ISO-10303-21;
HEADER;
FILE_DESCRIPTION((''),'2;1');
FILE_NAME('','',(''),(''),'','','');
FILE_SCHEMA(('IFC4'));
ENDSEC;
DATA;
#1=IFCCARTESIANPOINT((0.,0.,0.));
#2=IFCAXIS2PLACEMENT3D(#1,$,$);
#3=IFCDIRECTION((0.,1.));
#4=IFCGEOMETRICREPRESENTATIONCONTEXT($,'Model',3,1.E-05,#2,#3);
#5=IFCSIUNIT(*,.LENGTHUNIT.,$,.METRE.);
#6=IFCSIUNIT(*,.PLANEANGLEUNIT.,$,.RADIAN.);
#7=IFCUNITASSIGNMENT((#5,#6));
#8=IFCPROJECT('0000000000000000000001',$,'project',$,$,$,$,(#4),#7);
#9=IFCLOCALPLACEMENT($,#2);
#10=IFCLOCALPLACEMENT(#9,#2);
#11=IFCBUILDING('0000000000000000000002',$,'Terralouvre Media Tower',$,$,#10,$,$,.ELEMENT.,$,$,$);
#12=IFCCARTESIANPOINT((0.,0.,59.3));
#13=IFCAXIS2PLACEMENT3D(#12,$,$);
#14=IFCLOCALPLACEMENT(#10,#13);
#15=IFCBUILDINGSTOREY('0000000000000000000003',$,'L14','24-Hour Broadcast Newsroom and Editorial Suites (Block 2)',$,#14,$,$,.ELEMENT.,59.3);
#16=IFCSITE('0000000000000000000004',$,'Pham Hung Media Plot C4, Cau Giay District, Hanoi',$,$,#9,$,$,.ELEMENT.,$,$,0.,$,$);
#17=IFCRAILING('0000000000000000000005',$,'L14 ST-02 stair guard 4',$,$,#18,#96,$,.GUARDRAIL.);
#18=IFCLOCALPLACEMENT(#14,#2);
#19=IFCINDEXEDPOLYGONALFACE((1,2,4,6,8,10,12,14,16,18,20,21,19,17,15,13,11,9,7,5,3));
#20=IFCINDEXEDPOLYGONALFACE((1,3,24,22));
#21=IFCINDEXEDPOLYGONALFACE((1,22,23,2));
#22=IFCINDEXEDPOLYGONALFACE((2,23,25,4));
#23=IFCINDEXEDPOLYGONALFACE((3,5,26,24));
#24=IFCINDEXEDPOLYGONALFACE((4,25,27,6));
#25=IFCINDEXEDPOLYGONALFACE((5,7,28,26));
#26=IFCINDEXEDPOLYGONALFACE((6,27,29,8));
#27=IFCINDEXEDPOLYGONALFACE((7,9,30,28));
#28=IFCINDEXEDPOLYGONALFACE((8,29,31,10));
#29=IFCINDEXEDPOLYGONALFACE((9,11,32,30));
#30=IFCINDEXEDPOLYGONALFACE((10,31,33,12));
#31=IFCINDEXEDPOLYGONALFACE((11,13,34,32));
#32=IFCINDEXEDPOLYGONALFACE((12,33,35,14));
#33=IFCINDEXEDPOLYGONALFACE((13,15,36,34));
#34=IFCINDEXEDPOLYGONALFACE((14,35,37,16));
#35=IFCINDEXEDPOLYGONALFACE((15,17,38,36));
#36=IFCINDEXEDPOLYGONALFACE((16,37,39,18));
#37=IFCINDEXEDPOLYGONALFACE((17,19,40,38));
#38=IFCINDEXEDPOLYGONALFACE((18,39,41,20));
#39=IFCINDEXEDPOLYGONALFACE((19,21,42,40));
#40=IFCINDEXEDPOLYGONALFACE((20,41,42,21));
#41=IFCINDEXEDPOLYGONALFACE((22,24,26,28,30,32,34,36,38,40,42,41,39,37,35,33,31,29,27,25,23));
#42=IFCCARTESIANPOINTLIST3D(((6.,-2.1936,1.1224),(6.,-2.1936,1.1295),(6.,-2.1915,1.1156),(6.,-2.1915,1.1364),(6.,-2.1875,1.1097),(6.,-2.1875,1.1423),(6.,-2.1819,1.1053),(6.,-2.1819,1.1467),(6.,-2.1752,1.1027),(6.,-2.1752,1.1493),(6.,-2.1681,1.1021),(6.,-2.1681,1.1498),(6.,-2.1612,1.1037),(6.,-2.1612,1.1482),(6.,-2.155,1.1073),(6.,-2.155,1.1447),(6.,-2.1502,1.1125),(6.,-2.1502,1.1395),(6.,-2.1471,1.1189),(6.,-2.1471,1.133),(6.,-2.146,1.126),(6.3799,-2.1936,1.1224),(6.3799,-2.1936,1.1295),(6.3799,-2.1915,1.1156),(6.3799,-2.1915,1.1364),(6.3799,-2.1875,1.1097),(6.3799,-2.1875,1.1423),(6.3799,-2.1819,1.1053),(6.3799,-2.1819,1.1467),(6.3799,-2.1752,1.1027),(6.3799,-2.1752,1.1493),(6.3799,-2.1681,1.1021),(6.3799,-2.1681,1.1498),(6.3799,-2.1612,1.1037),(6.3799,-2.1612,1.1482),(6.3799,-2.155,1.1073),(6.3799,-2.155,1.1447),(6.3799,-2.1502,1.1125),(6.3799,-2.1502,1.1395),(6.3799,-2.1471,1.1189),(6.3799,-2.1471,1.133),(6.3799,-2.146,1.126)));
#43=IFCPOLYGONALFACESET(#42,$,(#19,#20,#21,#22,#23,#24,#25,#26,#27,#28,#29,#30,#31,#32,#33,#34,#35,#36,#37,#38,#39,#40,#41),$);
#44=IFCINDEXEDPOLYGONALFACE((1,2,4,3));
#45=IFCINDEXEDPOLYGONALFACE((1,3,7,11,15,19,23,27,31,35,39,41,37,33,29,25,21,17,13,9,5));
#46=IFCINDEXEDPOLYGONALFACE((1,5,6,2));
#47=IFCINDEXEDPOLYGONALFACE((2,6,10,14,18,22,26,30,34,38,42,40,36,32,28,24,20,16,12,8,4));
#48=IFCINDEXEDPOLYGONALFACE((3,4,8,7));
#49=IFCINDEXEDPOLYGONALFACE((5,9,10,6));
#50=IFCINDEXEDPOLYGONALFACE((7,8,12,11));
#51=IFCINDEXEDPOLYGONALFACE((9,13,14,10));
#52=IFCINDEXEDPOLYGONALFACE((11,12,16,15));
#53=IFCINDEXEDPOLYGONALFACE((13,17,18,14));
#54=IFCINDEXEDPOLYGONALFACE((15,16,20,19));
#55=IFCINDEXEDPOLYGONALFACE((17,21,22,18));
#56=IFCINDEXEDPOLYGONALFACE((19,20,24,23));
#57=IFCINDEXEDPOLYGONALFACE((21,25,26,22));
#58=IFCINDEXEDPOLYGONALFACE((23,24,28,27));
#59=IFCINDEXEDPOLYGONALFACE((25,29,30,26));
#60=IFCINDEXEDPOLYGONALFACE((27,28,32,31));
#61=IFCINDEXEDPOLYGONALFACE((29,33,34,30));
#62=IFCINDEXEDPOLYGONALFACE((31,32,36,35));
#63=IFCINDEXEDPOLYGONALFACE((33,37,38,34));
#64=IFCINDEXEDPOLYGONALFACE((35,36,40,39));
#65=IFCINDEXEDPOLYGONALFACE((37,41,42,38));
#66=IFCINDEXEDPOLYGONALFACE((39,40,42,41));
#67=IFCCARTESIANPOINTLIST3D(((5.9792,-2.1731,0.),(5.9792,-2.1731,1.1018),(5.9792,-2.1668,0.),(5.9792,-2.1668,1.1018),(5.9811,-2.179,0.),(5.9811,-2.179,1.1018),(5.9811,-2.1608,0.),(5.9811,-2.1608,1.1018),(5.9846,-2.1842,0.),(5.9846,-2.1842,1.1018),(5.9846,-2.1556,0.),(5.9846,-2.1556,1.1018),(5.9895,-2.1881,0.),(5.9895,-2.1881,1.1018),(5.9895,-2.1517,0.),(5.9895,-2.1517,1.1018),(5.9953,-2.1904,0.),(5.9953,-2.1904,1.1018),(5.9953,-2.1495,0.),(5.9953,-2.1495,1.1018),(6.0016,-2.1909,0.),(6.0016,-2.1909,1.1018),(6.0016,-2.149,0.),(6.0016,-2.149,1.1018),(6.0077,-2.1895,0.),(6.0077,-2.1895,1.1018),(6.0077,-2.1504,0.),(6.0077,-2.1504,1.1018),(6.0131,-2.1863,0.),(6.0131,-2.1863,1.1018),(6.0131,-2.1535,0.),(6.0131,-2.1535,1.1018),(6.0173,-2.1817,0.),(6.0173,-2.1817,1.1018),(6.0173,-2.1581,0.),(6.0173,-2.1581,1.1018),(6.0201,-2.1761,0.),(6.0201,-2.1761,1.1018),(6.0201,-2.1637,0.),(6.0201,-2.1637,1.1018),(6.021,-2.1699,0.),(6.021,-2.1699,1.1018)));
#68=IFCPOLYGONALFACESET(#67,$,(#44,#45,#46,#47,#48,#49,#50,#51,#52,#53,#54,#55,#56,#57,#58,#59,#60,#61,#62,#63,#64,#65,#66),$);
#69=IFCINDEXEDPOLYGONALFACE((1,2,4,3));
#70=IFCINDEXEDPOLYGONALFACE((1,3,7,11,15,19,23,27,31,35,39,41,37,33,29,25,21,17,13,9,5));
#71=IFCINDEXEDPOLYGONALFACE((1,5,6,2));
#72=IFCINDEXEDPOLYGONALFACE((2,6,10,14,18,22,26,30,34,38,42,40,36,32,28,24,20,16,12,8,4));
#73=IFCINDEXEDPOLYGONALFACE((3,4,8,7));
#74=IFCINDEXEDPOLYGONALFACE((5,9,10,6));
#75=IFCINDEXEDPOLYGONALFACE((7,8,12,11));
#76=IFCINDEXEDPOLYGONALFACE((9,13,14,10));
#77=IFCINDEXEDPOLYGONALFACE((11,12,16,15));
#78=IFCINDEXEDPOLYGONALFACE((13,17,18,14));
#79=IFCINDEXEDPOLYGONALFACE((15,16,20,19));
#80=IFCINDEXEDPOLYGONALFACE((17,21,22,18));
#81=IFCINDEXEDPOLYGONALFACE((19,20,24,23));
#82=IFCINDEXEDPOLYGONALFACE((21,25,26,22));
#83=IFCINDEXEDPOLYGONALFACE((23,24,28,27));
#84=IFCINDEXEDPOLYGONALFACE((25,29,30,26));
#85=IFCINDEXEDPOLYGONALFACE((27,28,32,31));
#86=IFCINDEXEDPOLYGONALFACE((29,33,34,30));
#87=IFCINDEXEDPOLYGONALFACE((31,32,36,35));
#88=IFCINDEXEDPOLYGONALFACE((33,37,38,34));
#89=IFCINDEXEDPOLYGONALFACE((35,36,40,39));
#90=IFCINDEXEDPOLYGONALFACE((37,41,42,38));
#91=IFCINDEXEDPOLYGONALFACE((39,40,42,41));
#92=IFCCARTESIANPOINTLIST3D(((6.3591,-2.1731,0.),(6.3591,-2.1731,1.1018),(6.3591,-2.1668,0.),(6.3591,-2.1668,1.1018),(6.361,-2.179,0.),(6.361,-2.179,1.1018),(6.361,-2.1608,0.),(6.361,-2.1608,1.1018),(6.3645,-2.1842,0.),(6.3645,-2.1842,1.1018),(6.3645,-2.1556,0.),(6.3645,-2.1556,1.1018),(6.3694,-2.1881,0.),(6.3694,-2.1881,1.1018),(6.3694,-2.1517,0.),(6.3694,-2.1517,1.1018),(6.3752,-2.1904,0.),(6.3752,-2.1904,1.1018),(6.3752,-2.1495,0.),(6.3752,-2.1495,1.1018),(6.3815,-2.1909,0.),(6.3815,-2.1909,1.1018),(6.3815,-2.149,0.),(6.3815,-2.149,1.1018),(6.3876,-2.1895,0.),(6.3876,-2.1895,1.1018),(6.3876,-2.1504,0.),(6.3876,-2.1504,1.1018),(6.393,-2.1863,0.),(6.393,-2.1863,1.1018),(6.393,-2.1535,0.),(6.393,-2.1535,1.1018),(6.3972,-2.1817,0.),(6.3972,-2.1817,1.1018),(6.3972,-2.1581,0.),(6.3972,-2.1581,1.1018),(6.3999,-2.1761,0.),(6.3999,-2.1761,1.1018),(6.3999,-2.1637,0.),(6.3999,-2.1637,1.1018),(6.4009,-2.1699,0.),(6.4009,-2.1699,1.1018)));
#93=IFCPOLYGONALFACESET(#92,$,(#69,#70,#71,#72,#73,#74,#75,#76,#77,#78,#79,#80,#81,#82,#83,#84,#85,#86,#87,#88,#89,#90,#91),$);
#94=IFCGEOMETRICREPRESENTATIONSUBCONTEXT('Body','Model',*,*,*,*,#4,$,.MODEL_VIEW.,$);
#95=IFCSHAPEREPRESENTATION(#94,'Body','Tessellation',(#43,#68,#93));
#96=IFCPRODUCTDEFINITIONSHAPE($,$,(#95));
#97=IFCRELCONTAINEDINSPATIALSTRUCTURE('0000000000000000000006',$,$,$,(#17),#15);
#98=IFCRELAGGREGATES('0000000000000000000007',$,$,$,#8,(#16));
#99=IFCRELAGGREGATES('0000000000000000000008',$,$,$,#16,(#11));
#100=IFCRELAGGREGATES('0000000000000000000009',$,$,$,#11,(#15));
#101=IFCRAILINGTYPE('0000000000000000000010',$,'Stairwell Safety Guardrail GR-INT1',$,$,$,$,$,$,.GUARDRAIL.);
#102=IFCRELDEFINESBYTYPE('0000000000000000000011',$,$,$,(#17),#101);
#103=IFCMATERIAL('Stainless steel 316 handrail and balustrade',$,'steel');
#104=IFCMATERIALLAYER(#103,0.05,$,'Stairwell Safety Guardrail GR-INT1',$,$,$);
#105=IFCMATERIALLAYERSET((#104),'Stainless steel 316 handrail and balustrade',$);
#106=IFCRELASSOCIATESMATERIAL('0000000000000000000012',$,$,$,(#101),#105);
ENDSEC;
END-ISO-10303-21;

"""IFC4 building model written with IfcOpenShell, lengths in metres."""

from ifc_helpers import new_model, si_unit, direction, frame, origin, origin_2d, place, context, subcontext, project, spatial, circle, extrude, material, layer, layer_set, type_object, element, save


model = new_model("IFC4")

# Units and contexts
model_context = context("Model", 3, precision=1e-05, world=origin(), true_north=direction((0.0, 1.0)))
body_context = subcontext(model_context, "Body", "Model", "MODEL_VIEW")
ifc_project = project(units=[si_unit("LENGTHUNIT", "METRE"), si_unit("PLANEANGLEUNIT", "RADIAN")], contexts=[model_context])

# Site, building, storey
site_placement = place(None, origin())
site = spatial("IfcSite", under=ifc_project, at=site_placement, Name="Pham Hung Media Plot C4, Cau Giay District, Hanoi", CompositionType="ELEMENT", RefElevation=0.0)
building_placement = place(site_placement, origin())
building = spatial("IfcBuilding", under=site, at=building_placement, Name="Terralouvre Media Tower", CompositionType="ELEMENT")
storey_placement = place(building_placement, frame((0.0, 0.0, 59.3)))
storey = spatial("IfcBuildingStorey", under=building, at=storey_placement, Name="L14", Description="24-Hour Broadcast Newsroom and Editorial Suites (Block 2)", CompositionType="ELEMENT", Elevation=59.3)

# Railing
ifc_material_1 = material(Name="Stainless steel 316 handrail and balustrade", Category="steel")
ifc_layer_1 = layer(ifc_material_1, 0.05, Name="Stairwell Safety Guardrail GR-INT1")
ifc_layer_set_1 = layer_set([ifc_layer_1], Name="Stainless steel 316 handrail and balustrade")
railing_type_1 = type_object("IfcRailingType", Name="Stairwell Safety Guardrail GR-INT1", PredefinedType="GUARDRAIL", material=ifc_layer_set_1)
railing_1_placement = place(storey_placement, frame((6.0, -2.1699, 0.0)))
element("IfcRailing", 1, at=railing_1_placement, inside=storey, type_object=railing_type_1, Name="L14 ST-02 stair guard 4", PredefinedType="GUARDRAIL", context=body_context, shape_type="SweptSolid", body=[
    extrude(circle(Radius=0.0239, at=origin_2d()), frame((0.0, 0.0, 1.126), z_axis=(1.0, 0.0, 0.0), x_axis=(0.0, 1.0, 0.0)), (0.0, 0.0, 1.0), 0.3799),
    extrude(circle(Radius=0.021, at=origin_2d()), origin(), (0.0, 0.0, 1.0), 1.1018),
    extrude(circle(Radius=0.021, at=origin_2d()), frame((0.3799, 0.0, 0.0)), (0.0, 0.0, 1.0), 1.1018),
])

save(model, "model.ifc")
